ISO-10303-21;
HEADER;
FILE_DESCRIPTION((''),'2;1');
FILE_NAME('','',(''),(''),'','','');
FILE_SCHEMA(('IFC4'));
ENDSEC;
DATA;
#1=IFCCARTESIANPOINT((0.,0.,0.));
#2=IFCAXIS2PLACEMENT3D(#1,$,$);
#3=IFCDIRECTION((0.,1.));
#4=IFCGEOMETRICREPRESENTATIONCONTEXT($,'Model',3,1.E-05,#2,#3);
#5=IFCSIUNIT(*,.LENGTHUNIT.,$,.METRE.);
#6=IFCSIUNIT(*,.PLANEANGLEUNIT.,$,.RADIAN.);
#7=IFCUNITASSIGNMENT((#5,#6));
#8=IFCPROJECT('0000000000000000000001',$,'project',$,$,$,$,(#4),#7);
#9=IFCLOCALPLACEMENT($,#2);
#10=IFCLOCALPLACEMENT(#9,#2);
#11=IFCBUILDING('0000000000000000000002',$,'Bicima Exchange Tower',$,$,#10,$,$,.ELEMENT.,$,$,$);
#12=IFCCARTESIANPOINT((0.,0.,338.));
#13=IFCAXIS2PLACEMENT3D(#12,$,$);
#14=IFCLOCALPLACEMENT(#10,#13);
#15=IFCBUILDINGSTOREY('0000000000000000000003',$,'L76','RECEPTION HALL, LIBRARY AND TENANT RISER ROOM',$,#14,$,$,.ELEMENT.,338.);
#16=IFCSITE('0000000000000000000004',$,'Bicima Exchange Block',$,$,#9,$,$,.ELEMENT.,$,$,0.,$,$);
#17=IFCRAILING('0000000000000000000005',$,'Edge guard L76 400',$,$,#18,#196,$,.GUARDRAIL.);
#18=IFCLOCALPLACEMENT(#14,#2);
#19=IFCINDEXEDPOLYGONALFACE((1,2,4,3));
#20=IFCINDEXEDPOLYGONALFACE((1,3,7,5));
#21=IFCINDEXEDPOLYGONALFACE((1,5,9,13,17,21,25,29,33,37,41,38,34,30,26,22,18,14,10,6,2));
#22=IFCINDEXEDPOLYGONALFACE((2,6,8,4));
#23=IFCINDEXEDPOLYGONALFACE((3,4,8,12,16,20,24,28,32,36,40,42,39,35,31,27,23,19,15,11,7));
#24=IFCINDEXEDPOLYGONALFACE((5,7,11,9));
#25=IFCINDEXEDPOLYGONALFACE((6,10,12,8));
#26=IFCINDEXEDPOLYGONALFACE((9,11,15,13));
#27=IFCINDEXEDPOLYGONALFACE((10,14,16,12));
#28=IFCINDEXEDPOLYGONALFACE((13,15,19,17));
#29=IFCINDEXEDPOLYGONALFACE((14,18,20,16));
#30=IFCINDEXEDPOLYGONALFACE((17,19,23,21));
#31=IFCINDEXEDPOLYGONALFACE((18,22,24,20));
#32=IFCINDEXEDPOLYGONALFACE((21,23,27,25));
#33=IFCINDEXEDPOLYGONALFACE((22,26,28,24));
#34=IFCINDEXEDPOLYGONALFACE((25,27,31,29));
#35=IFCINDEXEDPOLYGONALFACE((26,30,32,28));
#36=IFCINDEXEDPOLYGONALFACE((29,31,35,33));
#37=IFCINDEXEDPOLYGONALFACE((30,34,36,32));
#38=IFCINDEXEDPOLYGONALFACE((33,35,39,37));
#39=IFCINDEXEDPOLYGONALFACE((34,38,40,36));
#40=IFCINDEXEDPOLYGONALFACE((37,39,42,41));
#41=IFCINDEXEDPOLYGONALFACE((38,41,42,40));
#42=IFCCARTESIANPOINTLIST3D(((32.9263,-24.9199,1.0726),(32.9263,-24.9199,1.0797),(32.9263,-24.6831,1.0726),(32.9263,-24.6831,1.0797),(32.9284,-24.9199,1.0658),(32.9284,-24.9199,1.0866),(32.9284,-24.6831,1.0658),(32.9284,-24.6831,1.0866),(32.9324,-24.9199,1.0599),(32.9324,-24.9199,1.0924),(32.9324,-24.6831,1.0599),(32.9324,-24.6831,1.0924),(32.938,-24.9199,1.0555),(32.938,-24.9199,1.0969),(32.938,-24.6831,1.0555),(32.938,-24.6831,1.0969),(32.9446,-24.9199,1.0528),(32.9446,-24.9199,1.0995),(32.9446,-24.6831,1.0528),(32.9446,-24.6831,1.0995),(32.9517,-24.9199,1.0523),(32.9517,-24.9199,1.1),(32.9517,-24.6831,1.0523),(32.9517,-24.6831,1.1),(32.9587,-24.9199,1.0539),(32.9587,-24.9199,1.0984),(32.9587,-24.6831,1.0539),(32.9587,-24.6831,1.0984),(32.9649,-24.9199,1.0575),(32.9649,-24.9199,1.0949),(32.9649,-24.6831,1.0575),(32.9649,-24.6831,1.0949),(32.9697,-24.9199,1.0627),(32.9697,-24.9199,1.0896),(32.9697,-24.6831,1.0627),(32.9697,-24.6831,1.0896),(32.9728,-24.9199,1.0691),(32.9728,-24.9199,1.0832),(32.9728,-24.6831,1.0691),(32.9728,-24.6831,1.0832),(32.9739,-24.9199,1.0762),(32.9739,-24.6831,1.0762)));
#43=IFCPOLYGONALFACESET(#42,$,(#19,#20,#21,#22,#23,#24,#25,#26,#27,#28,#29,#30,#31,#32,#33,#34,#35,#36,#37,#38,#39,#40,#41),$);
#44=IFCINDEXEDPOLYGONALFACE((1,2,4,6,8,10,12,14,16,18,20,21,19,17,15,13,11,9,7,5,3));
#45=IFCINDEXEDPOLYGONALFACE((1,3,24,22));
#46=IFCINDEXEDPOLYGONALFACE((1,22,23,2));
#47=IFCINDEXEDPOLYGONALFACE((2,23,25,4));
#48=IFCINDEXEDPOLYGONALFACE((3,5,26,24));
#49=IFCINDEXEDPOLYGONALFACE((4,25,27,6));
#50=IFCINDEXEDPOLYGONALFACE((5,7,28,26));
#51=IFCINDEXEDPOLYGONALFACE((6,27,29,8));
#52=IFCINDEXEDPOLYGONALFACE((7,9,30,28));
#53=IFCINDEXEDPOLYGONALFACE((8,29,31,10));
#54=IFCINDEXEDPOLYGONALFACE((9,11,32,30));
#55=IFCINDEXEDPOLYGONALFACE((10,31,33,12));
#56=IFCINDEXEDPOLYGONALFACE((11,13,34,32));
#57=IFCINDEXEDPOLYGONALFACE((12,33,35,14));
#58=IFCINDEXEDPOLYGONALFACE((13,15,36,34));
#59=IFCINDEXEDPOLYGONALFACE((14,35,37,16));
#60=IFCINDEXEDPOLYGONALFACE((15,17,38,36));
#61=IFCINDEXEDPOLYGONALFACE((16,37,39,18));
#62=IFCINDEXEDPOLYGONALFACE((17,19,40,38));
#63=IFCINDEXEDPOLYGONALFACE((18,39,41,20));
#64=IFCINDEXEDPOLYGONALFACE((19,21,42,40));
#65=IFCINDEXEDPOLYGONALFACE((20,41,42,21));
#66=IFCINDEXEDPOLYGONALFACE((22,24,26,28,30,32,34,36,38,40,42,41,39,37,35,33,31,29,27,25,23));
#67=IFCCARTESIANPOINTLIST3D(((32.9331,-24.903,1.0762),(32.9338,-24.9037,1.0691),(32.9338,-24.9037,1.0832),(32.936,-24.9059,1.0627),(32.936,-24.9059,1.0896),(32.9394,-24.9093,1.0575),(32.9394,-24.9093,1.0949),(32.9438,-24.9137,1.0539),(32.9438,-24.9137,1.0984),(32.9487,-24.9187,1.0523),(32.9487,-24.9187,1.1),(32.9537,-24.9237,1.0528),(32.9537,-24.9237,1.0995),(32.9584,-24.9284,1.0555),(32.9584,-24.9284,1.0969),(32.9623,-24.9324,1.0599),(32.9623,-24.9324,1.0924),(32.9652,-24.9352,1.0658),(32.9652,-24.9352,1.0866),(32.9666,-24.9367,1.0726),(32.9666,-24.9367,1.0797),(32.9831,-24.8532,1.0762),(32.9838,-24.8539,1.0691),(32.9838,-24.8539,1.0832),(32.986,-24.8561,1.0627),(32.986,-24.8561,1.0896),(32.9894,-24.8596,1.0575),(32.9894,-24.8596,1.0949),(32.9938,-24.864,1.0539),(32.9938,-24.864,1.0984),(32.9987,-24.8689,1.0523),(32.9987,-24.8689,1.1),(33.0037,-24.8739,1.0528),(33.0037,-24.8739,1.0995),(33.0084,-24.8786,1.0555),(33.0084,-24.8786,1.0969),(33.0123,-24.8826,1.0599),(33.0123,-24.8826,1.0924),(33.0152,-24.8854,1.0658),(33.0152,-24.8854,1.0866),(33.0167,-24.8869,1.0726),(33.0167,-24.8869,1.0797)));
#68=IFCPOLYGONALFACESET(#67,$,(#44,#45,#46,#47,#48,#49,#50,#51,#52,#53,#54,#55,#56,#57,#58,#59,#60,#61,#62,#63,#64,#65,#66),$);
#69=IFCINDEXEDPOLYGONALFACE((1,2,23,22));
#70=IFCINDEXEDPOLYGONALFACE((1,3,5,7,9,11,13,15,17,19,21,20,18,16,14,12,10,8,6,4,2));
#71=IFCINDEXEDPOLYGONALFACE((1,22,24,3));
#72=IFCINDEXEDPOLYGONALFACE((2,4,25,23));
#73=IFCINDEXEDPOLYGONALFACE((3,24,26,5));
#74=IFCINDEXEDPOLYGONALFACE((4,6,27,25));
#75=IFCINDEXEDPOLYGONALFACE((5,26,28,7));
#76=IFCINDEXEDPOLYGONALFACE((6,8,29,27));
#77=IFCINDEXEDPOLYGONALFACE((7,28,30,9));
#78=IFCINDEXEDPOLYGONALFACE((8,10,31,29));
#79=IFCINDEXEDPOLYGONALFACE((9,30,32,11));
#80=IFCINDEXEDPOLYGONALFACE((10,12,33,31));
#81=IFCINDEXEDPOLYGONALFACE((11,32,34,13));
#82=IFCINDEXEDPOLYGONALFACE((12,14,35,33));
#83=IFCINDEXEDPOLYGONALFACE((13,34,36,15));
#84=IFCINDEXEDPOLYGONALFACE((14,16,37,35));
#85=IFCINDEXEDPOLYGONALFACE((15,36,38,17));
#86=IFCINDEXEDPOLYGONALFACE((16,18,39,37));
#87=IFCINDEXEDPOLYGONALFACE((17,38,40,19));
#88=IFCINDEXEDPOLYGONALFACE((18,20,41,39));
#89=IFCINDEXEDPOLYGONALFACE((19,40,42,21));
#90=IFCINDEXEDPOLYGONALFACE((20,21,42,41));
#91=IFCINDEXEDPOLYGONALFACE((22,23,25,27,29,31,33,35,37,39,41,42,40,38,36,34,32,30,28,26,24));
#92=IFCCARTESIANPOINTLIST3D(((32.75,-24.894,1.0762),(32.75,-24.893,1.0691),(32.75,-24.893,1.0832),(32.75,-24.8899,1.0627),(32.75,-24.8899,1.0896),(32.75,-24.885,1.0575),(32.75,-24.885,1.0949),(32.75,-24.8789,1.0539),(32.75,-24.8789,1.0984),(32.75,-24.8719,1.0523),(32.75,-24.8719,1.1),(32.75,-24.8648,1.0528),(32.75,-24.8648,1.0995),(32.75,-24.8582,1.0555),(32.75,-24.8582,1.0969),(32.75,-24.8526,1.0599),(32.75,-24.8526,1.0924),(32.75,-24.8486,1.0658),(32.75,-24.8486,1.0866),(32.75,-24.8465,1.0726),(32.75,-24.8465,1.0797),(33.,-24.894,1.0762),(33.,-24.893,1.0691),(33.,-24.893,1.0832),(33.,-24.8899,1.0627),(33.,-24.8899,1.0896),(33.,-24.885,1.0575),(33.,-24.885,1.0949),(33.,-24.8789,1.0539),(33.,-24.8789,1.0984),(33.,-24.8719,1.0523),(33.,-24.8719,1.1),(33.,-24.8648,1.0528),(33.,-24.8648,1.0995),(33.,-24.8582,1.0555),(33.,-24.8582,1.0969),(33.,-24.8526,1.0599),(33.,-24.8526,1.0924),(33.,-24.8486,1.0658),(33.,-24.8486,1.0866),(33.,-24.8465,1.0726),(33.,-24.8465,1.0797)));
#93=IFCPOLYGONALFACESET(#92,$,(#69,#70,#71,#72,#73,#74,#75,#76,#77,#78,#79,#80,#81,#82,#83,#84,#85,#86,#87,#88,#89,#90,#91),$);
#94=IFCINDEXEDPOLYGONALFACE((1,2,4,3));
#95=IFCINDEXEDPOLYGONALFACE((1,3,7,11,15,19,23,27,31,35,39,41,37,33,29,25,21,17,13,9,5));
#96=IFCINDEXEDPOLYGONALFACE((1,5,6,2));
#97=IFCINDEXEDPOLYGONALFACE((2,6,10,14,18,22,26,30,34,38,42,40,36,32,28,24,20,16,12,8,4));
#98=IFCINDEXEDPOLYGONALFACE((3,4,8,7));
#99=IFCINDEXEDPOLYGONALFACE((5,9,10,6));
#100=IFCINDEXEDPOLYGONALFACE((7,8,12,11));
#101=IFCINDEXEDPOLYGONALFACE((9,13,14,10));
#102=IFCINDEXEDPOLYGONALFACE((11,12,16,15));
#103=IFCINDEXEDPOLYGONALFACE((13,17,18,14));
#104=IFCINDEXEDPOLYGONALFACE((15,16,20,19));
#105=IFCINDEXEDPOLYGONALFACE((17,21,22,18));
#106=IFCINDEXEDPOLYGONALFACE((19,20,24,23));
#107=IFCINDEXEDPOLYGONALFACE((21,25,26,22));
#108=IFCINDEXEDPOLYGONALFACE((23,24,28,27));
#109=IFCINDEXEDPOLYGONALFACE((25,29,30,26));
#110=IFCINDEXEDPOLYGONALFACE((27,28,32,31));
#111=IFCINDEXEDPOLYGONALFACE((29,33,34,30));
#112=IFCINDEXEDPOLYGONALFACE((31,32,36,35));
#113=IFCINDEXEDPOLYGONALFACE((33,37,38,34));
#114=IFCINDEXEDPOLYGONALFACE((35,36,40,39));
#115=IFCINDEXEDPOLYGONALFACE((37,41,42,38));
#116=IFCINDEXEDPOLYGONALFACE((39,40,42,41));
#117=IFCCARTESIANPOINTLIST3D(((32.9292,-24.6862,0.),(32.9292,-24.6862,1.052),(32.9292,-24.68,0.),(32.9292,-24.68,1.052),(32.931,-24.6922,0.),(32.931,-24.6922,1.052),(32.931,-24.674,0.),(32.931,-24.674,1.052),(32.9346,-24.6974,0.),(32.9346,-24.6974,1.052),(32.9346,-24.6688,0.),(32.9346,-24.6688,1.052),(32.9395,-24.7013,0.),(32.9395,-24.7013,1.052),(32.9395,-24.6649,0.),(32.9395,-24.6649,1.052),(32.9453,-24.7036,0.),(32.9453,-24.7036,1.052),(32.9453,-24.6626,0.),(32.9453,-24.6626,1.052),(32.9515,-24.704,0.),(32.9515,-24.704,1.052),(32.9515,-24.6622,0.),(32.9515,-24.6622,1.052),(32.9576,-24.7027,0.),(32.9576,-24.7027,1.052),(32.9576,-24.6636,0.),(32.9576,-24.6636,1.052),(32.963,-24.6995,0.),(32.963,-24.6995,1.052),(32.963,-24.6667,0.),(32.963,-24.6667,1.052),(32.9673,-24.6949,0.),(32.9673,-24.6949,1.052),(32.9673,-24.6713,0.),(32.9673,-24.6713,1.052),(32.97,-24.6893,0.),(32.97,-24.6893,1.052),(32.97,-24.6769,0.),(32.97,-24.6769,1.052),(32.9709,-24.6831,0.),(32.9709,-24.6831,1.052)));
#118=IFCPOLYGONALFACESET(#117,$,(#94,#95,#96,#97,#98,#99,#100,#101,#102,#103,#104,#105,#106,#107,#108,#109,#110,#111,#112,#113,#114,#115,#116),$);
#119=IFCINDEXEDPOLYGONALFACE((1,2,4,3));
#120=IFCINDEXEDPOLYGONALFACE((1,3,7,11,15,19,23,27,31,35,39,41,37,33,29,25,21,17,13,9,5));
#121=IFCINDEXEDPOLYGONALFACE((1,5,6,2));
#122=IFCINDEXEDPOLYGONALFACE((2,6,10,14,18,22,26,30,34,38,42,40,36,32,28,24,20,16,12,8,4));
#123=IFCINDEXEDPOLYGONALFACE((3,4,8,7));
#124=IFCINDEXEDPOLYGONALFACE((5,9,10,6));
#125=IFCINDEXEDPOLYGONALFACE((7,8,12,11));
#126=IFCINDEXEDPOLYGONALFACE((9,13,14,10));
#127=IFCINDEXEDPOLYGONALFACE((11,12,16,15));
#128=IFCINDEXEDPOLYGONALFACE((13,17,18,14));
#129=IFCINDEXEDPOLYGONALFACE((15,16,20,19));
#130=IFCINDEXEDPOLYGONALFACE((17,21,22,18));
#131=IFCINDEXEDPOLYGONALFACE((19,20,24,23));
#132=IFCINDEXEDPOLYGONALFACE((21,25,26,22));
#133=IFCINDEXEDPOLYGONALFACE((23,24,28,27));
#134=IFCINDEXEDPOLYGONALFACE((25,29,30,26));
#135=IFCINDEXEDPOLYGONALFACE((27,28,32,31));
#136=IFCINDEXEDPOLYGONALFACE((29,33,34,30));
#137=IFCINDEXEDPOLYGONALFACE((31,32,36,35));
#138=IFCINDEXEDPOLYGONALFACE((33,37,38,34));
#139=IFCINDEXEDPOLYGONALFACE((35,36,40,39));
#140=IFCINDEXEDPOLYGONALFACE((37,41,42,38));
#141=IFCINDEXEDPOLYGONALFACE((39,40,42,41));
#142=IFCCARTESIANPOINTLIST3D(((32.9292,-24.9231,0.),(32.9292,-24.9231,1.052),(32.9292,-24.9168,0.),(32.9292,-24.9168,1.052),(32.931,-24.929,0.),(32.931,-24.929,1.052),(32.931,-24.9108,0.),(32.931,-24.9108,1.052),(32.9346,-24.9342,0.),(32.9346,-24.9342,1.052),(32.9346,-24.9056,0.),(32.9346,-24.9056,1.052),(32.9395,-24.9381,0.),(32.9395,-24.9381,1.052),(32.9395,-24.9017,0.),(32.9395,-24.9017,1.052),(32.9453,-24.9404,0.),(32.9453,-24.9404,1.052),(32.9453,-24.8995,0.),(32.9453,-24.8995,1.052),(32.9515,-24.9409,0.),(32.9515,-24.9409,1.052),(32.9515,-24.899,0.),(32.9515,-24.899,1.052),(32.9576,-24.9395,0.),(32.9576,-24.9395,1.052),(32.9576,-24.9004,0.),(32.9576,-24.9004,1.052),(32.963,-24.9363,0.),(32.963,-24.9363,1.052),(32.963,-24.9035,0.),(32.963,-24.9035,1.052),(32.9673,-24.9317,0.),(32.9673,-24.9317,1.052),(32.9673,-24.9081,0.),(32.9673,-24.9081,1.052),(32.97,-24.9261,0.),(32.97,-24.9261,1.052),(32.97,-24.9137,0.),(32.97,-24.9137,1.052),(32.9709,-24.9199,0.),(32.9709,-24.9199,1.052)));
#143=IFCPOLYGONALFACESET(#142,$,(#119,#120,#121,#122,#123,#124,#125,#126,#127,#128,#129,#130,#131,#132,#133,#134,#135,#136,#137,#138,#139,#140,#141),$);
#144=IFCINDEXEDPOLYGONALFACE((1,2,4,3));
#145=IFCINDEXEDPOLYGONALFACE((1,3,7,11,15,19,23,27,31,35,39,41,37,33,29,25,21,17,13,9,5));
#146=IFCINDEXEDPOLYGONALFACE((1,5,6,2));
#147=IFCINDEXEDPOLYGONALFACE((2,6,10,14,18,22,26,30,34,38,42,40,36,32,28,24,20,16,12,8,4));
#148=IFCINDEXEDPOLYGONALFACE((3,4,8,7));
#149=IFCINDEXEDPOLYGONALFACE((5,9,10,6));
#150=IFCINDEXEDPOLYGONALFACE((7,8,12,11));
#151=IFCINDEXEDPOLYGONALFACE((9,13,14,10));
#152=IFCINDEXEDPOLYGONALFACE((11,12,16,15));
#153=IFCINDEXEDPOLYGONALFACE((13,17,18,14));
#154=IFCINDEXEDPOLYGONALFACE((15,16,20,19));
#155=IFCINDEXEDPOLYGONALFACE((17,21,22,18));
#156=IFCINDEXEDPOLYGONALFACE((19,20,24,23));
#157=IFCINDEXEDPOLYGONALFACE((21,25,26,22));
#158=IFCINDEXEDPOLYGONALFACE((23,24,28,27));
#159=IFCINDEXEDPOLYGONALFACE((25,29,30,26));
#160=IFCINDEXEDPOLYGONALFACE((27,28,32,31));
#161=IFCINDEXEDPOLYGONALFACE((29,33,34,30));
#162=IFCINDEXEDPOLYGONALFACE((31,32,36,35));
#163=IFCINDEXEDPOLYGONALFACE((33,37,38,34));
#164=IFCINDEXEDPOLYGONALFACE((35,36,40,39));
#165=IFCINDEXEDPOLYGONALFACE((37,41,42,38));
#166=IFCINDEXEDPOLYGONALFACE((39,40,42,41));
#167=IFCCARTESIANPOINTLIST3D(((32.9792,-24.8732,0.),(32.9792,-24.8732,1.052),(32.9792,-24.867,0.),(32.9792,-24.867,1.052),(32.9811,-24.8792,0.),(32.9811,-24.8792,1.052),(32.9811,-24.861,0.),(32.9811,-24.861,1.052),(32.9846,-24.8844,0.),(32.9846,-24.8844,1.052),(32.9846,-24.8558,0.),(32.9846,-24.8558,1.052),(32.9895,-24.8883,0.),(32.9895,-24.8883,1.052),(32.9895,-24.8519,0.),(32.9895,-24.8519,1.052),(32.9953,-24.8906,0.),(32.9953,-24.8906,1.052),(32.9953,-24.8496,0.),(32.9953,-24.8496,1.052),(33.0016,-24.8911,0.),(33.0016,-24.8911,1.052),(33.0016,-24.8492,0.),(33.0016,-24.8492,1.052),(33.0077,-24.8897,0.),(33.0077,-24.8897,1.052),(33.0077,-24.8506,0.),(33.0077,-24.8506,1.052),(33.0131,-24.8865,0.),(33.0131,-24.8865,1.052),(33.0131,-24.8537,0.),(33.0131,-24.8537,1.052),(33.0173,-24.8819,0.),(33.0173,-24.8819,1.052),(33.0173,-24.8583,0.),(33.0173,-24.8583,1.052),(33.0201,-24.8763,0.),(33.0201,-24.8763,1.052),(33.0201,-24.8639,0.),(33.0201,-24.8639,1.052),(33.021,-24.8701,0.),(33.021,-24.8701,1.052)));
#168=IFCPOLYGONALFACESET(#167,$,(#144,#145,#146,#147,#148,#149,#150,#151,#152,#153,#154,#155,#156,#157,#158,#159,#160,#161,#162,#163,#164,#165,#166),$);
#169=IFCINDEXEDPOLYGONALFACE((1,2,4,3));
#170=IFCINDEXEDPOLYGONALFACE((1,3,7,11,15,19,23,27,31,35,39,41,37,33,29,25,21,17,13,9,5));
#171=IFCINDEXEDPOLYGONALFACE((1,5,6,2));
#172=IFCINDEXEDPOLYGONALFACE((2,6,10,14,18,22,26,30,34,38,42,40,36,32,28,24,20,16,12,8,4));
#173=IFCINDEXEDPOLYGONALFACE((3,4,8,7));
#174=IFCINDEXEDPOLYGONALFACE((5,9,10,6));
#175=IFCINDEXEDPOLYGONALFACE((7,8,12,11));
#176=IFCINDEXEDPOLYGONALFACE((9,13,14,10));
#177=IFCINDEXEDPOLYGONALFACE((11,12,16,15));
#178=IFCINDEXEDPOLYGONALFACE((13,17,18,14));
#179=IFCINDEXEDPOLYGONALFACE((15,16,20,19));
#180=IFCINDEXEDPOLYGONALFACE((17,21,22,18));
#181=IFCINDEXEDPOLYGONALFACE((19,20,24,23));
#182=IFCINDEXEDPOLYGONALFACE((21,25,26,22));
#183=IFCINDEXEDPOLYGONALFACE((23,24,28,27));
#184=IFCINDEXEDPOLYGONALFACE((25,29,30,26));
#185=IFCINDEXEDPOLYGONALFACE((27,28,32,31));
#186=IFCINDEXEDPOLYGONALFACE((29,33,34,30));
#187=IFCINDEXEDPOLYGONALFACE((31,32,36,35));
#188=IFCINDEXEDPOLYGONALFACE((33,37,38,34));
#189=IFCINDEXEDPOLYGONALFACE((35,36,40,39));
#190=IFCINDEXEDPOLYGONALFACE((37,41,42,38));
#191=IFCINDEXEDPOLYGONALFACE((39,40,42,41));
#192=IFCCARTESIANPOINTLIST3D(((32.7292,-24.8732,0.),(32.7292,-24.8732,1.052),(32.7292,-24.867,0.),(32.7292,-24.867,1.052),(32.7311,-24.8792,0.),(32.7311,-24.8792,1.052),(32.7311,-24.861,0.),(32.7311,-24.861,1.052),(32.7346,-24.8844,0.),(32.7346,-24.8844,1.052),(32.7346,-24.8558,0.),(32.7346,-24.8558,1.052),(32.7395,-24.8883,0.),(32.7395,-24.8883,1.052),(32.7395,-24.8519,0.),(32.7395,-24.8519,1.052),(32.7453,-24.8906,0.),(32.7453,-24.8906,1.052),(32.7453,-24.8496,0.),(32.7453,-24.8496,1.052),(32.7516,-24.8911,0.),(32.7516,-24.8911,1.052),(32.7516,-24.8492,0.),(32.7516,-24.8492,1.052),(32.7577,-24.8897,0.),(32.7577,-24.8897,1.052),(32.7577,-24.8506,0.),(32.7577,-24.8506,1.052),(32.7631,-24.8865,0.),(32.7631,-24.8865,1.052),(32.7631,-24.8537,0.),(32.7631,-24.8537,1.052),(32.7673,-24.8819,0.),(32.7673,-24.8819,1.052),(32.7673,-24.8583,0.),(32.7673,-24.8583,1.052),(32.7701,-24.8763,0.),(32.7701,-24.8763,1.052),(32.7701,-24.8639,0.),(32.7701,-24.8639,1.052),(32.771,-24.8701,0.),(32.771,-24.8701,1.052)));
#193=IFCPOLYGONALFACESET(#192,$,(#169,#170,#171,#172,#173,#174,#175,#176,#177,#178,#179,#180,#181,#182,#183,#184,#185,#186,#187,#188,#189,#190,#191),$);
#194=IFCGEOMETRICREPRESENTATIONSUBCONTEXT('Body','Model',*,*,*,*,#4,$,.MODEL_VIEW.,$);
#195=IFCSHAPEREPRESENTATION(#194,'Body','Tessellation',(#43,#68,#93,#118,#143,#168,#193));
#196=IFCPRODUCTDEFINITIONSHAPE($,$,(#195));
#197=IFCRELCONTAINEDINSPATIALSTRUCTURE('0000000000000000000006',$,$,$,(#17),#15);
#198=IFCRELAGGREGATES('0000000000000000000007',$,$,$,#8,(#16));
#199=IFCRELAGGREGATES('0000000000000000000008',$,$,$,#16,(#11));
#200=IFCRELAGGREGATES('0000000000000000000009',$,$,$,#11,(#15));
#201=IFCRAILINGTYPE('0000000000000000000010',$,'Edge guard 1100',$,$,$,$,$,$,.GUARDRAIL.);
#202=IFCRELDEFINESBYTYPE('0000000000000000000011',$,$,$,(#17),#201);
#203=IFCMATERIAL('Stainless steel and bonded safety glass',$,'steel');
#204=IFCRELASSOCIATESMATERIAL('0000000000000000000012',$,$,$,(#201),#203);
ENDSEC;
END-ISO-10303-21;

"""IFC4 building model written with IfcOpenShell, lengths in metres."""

from ifc_helpers import new_model, si_unit, direction, frame, origin, origin_2d, place, context, subcontext, project, spatial, circle, extrude, material, type_object, element, save


model = new_model("IFC4")

# Units and contexts
model_context = context("Model", 3, precision=1e-05, world=origin(), true_north=direction((0.0, 1.0)))
body_context = subcontext(model_context, "Body", "Model", "MODEL_VIEW")
ifc_project = project(units=[si_unit("LENGTHUNIT", "METRE"), si_unit("PLANEANGLEUNIT", "RADIAN")], contexts=[model_context])

# Site, building, storey
site_placement = place(None, origin())
site = spatial("IfcSite", under=ifc_project, at=site_placement, Name="Bicima Exchange Block", CompositionType="ELEMENT", RefElevation=0.0)
building_placement = place(site_placement, origin())
building = spatial("IfcBuilding", under=site, at=building_placement, Name="Bicima Exchange Tower", CompositionType="ELEMENT")
storey_placement = place(building_placement, frame((0.0, 0.0, 338.0)))
storey = spatial("IfcBuildingStorey", under=building, at=storey_placement, Name="L76", Description="RECEPTION HALL, LIBRARY AND TENANT RISER ROOM", CompositionType="ELEMENT", Elevation=338.0)

# Railing
ifc_material_1 = material(Name="Stainless steel and bonded safety glass", Category="steel")
railing_type = type_object("IfcRailingType", Name="Edge guard 1100", PredefinedType="GUARDRAIL", material=ifc_material_1)
railing_1_placement = place(storey_placement, frame((32.95, -24.6831, 0.0)))
element("IfcRailing", 1, at=railing_1_placement, inside=storey, type_object=railing_type, Name="Edge guard L76 400", PredefinedType="GUARDRAIL", context=body_context, shape_type="SweptSolid", body=[
    extrude(circle(Radius=0.0239, at=origin_2d()), frame((0.0, 0.0, 1.0762), z_axis=(0.0, -1.0, 0.0), x_axis=(1.0, 0.0, 0.0)), (0.0, 0.0, 1.0), 0.2368),
    extrude(circle(Radius=0.0239, at=origin_2d()), frame((0.0, -0.2368, 1.0762), z_axis=(0.708834, 0.705376, 0.0), x_axis=(-0.705376, 0.708834, 0.0)), (0.0, 0.0, 1.0), 0.0706),
    extrude(circle(Radius=0.0239, at=origin_2d()), frame((0.05, -0.187, 1.0762), z_axis=(-1.0, 0.0, 0.0), x_axis=(0.0, -1.0, 0.0)), (0.0, 0.0, 1.0), 0.25),
    extrude(circle(Radius=0.021, at=origin_2d()), origin(), (0.0, 0.0, 1.0), 1.052),
    extrude(circle(Radius=0.021, at=origin_2d()), frame((0.0, -0.2368, 0.0)), (0.0, 0.0, 1.0), 1.052),
    extrude(circle(Radius=0.021, at=origin_2d()), frame((0.05, -0.187, 0.0)), (0.0, 0.0, 1.0), 1.052),
    extrude(circle(Radius=0.021, at=origin_2d()), frame((-0.2, -0.187, 0.0)), (0.0, 0.0, 1.0), 1.052),
])

save(model, "model.ifc")
